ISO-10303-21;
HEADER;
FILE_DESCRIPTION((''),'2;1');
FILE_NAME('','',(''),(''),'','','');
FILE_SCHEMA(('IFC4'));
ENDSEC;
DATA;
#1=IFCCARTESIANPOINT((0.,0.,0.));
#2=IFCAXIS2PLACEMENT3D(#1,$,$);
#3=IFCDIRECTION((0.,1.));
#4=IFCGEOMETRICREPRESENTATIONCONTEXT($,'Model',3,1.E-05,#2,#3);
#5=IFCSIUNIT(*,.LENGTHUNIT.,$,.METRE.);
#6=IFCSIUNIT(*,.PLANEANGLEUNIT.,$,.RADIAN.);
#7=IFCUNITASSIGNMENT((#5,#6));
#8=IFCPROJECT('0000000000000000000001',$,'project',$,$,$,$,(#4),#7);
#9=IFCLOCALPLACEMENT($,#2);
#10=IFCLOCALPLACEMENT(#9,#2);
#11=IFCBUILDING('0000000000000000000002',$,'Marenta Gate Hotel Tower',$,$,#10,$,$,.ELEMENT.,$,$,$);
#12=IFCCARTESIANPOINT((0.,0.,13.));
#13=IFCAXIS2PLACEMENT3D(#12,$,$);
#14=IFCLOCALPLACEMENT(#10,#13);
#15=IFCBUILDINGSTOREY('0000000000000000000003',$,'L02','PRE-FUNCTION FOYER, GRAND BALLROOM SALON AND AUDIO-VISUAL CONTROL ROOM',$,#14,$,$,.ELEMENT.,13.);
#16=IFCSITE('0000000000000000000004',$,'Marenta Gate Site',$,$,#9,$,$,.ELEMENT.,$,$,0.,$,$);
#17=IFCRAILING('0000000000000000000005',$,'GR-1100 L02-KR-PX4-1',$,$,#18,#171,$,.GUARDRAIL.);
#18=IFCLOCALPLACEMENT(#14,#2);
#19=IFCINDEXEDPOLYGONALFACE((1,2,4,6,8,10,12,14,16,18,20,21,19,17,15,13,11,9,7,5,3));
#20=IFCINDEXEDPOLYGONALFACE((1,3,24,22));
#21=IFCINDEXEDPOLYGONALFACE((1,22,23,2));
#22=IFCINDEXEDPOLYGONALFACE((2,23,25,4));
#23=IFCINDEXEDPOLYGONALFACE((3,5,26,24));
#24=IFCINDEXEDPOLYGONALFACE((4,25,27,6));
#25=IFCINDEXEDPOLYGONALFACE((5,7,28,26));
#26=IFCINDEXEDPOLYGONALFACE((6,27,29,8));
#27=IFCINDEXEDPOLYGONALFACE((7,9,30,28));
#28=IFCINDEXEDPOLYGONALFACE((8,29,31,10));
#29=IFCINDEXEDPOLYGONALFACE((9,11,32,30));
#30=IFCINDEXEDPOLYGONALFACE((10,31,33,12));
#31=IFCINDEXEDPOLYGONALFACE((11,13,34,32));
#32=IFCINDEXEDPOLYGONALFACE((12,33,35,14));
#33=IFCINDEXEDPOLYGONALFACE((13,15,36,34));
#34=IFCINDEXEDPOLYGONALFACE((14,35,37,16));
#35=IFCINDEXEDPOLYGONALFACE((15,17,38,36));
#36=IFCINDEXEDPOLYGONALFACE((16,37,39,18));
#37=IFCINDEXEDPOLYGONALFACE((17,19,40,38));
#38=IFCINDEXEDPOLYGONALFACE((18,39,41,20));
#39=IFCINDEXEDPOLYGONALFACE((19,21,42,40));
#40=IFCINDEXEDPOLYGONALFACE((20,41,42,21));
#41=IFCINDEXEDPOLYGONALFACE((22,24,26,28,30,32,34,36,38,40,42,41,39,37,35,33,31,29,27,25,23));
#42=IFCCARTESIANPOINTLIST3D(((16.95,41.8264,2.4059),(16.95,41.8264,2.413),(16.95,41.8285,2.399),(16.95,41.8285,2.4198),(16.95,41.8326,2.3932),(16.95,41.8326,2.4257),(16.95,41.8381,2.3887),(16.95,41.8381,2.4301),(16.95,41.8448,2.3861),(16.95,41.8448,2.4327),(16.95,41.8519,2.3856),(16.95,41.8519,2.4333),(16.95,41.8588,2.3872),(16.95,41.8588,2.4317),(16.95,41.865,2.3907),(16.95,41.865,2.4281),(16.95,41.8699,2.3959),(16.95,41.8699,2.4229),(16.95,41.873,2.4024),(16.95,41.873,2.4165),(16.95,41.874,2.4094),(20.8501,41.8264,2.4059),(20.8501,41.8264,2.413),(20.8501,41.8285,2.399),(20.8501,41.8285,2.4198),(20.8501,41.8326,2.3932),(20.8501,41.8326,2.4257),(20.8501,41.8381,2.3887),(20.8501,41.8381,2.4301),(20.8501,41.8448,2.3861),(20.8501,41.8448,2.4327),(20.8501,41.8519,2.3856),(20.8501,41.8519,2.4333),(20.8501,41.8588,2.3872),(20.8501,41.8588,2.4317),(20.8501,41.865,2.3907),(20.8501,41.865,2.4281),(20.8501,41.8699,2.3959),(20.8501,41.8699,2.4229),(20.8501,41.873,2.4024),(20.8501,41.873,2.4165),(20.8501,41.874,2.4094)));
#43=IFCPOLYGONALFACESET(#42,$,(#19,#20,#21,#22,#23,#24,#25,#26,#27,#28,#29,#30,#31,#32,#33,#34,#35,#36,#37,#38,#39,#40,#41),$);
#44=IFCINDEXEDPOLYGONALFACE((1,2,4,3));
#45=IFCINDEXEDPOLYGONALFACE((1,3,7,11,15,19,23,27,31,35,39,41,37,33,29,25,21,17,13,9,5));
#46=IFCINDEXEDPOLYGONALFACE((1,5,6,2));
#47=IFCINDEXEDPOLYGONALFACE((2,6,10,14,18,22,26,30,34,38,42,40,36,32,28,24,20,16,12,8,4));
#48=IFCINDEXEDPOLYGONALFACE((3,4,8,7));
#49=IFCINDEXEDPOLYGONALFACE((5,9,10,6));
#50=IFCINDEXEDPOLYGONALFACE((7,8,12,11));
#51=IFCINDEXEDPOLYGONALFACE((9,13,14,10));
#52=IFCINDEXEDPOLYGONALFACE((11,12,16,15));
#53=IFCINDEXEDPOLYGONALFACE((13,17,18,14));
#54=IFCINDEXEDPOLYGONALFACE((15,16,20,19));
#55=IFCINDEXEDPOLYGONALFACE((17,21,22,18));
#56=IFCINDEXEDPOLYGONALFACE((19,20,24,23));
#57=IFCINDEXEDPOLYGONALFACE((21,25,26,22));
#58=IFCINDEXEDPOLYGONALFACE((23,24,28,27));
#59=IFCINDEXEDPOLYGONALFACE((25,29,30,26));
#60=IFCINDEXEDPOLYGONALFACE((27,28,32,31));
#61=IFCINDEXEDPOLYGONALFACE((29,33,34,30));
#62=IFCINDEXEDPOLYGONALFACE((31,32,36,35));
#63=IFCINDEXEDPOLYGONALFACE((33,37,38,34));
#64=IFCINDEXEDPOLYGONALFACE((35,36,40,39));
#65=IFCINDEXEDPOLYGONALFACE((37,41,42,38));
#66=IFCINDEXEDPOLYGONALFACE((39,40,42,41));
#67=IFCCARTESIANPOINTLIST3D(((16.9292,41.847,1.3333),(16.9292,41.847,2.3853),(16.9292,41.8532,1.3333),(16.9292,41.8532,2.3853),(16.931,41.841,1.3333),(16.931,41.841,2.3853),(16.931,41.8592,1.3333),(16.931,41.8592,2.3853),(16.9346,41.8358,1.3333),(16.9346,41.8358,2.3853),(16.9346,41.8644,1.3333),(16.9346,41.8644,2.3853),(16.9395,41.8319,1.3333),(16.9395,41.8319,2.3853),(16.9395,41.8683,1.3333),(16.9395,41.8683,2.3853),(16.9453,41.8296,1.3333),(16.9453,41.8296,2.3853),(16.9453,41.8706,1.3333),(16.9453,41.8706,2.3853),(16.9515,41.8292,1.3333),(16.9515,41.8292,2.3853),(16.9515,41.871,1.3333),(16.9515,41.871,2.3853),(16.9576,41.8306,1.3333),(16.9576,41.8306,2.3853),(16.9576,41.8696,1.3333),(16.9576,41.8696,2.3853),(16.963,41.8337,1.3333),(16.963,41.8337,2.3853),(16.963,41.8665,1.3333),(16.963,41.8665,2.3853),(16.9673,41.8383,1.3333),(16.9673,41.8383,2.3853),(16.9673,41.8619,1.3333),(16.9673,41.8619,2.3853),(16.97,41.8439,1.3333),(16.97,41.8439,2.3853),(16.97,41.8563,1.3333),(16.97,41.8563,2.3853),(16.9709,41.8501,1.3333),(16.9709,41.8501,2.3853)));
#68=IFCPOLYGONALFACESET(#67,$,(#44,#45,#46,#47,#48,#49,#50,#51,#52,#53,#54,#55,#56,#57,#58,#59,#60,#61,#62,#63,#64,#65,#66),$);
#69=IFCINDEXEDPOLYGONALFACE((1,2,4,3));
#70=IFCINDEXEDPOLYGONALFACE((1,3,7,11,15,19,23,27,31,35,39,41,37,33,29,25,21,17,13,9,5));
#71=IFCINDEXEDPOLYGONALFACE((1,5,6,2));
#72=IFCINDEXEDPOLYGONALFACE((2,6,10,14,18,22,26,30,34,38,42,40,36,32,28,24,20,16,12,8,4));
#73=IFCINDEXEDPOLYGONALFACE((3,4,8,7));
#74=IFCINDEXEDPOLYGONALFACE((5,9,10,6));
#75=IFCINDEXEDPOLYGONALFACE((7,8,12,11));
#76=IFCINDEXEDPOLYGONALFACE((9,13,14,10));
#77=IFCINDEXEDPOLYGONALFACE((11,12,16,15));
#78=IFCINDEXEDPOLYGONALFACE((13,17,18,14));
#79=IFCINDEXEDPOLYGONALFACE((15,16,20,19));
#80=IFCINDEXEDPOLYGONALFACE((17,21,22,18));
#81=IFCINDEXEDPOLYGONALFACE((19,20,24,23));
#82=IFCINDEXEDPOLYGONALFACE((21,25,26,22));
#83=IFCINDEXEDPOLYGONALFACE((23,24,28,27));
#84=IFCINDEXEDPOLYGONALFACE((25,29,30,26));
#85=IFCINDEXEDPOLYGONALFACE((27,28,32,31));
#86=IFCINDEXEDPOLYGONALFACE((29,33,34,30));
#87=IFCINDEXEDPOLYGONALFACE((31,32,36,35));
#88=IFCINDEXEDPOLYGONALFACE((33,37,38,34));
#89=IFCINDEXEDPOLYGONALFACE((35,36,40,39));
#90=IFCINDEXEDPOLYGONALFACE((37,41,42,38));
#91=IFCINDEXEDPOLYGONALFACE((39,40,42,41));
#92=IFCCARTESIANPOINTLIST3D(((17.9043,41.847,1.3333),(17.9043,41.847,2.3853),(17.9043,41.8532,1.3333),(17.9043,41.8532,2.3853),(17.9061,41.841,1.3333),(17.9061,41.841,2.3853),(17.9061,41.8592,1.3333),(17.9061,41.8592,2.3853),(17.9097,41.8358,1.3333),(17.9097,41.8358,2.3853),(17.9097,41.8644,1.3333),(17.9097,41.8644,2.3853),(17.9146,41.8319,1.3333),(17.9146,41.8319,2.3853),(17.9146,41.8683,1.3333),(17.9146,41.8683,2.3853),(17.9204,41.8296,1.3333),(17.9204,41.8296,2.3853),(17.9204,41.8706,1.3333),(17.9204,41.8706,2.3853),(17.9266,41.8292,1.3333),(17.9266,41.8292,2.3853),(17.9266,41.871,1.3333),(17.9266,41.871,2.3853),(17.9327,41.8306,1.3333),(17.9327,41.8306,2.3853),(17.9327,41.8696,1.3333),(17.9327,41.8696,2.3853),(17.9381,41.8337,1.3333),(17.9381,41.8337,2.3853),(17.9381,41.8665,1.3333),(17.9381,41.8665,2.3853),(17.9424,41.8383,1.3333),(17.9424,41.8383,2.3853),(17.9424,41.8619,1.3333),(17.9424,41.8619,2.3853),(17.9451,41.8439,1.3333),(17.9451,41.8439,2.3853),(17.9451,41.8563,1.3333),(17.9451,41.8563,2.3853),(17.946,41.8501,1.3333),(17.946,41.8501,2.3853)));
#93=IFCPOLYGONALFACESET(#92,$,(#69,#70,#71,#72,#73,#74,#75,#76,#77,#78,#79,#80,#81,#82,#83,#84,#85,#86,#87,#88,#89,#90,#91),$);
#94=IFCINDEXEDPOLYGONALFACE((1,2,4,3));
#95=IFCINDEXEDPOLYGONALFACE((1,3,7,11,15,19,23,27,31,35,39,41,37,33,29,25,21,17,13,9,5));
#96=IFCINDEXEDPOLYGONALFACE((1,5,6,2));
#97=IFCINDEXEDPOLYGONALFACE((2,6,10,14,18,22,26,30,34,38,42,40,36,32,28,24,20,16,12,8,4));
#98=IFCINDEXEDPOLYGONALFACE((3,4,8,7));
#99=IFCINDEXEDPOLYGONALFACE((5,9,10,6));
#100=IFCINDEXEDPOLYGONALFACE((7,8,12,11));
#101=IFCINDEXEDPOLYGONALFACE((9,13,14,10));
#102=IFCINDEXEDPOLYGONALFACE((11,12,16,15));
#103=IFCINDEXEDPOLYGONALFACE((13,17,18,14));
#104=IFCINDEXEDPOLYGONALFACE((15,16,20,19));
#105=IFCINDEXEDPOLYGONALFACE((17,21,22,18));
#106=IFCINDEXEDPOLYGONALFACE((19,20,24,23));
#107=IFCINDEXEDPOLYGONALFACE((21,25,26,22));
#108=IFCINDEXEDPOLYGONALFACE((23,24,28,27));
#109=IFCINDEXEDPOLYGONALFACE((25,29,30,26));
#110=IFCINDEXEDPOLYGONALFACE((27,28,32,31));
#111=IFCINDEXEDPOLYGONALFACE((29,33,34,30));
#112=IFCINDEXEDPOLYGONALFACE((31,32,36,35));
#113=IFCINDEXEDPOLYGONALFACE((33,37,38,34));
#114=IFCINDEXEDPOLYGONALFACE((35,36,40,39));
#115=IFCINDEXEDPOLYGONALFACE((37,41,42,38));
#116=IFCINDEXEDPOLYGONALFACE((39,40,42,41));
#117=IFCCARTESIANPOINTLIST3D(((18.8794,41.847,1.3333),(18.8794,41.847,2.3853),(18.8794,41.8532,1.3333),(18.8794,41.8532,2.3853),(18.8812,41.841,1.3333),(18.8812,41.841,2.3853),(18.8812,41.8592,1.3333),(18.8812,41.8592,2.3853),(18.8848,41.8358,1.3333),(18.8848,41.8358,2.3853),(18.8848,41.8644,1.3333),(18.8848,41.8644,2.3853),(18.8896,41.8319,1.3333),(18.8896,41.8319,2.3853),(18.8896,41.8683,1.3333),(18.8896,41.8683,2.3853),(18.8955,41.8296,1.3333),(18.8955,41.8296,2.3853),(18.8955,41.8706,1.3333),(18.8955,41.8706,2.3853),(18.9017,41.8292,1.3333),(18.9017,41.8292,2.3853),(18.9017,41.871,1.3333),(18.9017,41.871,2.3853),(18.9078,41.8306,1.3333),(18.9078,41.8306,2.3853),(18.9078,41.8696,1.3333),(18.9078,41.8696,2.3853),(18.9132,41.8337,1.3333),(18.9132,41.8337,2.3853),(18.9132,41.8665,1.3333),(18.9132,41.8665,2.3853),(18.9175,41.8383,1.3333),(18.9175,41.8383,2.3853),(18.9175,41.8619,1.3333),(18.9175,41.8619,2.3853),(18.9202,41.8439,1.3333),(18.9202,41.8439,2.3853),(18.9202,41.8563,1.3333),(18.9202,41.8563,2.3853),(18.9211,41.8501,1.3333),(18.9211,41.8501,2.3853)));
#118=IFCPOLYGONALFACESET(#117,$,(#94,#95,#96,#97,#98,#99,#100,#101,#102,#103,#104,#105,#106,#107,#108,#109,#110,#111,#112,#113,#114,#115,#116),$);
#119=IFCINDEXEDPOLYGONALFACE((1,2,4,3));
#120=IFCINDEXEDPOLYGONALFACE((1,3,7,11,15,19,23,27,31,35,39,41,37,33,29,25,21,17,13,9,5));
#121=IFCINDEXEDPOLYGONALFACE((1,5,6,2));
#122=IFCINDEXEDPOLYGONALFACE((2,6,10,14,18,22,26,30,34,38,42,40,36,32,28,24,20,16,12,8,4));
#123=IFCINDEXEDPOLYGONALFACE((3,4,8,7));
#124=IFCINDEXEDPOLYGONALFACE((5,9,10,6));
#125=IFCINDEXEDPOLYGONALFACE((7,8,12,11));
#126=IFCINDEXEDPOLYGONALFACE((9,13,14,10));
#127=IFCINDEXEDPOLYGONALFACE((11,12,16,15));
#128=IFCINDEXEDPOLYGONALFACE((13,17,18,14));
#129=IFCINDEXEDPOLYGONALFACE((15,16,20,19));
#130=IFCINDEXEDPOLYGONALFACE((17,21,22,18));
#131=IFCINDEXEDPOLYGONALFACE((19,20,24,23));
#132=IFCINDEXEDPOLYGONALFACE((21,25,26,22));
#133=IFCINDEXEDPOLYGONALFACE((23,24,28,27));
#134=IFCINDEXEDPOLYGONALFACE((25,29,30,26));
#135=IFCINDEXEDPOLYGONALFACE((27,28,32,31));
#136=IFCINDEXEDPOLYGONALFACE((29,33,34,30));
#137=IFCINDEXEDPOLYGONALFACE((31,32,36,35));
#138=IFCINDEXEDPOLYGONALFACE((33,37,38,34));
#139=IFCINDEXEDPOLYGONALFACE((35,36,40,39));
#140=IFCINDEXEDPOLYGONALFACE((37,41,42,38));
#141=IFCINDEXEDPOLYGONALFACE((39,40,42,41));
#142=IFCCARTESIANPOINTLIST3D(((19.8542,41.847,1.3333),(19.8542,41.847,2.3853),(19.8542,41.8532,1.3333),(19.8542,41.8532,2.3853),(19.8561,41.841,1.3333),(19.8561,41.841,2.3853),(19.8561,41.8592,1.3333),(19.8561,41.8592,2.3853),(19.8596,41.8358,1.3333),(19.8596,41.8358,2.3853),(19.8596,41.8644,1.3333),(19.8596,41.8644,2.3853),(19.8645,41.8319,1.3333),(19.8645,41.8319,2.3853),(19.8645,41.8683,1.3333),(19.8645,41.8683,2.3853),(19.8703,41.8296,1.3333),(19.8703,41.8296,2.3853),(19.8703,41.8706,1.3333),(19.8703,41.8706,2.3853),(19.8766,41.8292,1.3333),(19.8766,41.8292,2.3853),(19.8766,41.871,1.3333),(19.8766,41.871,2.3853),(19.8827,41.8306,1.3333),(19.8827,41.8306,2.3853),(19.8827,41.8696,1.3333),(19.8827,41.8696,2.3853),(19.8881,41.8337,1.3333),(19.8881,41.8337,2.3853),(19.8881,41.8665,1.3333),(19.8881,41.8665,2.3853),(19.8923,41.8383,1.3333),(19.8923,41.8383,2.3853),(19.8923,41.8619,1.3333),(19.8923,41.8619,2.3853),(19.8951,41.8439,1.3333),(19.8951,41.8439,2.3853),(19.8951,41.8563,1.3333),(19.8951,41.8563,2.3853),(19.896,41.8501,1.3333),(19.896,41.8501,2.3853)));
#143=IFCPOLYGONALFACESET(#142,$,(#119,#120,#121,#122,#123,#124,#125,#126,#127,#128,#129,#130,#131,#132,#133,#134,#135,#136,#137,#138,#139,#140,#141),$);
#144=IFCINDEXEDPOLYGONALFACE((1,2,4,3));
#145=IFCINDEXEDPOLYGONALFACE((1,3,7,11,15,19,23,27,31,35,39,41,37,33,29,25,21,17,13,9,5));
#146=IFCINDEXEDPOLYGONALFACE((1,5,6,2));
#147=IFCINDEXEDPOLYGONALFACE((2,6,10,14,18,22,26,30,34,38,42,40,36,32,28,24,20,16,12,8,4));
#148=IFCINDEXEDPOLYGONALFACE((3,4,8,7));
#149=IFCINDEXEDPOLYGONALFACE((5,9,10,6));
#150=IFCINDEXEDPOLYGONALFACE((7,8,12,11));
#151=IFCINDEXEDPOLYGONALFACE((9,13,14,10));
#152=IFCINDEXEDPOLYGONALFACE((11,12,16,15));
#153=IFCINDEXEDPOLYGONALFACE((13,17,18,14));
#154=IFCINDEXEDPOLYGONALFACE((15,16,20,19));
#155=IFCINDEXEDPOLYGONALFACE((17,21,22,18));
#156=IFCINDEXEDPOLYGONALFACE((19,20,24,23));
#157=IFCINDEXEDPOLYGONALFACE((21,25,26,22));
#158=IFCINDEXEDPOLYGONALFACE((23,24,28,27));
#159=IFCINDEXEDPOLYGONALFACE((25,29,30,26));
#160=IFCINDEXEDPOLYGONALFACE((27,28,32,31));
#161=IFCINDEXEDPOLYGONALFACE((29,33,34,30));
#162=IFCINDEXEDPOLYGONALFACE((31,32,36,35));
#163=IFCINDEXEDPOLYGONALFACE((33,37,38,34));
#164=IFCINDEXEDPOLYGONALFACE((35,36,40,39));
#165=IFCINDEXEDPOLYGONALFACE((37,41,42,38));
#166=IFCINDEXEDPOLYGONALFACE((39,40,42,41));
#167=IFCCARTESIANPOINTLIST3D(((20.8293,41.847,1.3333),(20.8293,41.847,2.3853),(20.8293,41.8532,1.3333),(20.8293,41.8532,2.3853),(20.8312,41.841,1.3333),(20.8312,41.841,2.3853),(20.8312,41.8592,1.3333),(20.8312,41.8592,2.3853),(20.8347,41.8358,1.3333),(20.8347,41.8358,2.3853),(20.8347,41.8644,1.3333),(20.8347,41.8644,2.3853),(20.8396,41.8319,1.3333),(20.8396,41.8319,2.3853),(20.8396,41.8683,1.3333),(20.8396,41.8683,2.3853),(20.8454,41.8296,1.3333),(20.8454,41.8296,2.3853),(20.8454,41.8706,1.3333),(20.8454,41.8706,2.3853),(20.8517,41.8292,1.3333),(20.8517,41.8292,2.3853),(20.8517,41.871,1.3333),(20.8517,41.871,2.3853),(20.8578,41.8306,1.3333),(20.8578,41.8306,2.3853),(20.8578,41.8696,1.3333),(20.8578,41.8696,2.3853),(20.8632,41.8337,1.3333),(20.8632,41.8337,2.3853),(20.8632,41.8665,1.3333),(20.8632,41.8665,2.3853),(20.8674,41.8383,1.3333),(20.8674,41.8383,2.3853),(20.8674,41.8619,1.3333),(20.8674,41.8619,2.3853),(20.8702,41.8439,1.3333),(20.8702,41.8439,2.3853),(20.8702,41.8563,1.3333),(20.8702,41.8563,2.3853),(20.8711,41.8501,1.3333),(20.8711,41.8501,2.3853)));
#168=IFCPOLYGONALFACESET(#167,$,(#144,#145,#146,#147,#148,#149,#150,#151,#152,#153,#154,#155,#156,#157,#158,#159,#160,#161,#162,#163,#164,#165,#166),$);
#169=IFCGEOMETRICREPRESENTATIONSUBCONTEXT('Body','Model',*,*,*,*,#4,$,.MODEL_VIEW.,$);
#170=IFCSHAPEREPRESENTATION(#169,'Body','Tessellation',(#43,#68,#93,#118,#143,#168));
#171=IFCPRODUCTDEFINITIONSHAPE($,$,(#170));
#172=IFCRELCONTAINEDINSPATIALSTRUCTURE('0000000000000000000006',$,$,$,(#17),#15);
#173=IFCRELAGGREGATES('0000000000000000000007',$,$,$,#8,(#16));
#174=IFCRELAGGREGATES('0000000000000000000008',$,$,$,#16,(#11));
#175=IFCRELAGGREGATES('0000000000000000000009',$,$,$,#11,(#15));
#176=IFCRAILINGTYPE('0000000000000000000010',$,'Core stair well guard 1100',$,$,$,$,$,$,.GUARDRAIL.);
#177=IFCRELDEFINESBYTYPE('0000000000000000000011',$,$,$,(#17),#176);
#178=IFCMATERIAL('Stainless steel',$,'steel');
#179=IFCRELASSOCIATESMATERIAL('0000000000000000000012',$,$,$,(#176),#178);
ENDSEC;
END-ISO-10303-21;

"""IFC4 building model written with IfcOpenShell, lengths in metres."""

from ifc_helpers import new_model, si_unit, direction, frame, origin, origin_2d, place, context, subcontext, project, spatial, circle, extrude, material, type_object, element, save


model = new_model("IFC4")

# Units and contexts
model_context = context("Model", 3, precision=1e-05, world=origin(), true_north=direction((0.0, 1.0)))
body_context = subcontext(model_context, "Body", "Model", "MODEL_VIEW")
ifc_project = project(units=[si_unit("LENGTHUNIT", "METRE"), si_unit("PLANEANGLEUNIT", "RADIAN")], contexts=[model_context])

# Site, building, storey
site_placement = place(None, origin())
site = spatial("IfcSite", under=ifc_project, at=site_placement, Name="Marenta Gate Site", CompositionType="ELEMENT", RefElevation=0.0)
building_placement = place(site_placement, origin())
building = spatial("IfcBuilding", under=site, at=building_placement, Name="Marenta Gate Hotel Tower", CompositionType="ELEMENT")
storey_placement = place(building_placement, frame((0.0, 0.0, 13.0)))
storey = spatial("IfcBuildingStorey", under=building, at=storey_placement, Name="L02", Description="PRE-FUNCTION FOYER, GRAND BALLROOM SALON AND AUDIO-VISUAL CONTROL ROOM", CompositionType="ELEMENT", Elevation=13.0)

# Railing
ifc_material_1 = material(Name="Stainless steel", Category="steel")
railing_type_1 = type_object("IfcRailingType", Name="Core stair well guard 1100", PredefinedType="GUARDRAIL", material=ifc_material_1)
railing_1_placement = place(storey_placement, frame((16.95, 41.8501, 1.3333)))
element("IfcRailing", 1, at=railing_1_placement, inside=storey, type_object=railing_type_1, Name="GR-1100 L02-KR-PX4-1", PredefinedType="GUARDRAIL", context=body_context, shape_type="SweptSolid", body=[
    extrude(circle(Radius=0.0239, at=origin_2d()), frame((0.0, 0.0, 1.0762), z_axis=(1.0, 0.0, 0.0), x_axis=(0.0, 1.0, 0.0)), (0.0, 0.0, 1.0), 3.9001),
    extrude(circle(Radius=0.021, at=origin_2d()), origin(), (0.0, 0.0, 1.0), 1.052),
    extrude(circle(Radius=0.021, at=origin_2d()), frame((0.9751, 0.0, 0.0)), (0.0, 0.0, 1.0), 1.052),
    extrude(circle(Radius=0.021, at=origin_2d()), frame((1.9502, 0.0, 0.0)), (0.0, 0.0, 1.0), 1.052),
    extrude(circle(Radius=0.021, at=origin_2d()), frame((2.925, 0.0, 0.0)), (0.0, 0.0, 1.0), 1.052),
    extrude(circle(Radius=0.021, at=origin_2d()), frame((3.9001, 0.0, 0.0)), (0.0, 0.0, 1.0), 1.052),
])

save(model, "model.ifc")
